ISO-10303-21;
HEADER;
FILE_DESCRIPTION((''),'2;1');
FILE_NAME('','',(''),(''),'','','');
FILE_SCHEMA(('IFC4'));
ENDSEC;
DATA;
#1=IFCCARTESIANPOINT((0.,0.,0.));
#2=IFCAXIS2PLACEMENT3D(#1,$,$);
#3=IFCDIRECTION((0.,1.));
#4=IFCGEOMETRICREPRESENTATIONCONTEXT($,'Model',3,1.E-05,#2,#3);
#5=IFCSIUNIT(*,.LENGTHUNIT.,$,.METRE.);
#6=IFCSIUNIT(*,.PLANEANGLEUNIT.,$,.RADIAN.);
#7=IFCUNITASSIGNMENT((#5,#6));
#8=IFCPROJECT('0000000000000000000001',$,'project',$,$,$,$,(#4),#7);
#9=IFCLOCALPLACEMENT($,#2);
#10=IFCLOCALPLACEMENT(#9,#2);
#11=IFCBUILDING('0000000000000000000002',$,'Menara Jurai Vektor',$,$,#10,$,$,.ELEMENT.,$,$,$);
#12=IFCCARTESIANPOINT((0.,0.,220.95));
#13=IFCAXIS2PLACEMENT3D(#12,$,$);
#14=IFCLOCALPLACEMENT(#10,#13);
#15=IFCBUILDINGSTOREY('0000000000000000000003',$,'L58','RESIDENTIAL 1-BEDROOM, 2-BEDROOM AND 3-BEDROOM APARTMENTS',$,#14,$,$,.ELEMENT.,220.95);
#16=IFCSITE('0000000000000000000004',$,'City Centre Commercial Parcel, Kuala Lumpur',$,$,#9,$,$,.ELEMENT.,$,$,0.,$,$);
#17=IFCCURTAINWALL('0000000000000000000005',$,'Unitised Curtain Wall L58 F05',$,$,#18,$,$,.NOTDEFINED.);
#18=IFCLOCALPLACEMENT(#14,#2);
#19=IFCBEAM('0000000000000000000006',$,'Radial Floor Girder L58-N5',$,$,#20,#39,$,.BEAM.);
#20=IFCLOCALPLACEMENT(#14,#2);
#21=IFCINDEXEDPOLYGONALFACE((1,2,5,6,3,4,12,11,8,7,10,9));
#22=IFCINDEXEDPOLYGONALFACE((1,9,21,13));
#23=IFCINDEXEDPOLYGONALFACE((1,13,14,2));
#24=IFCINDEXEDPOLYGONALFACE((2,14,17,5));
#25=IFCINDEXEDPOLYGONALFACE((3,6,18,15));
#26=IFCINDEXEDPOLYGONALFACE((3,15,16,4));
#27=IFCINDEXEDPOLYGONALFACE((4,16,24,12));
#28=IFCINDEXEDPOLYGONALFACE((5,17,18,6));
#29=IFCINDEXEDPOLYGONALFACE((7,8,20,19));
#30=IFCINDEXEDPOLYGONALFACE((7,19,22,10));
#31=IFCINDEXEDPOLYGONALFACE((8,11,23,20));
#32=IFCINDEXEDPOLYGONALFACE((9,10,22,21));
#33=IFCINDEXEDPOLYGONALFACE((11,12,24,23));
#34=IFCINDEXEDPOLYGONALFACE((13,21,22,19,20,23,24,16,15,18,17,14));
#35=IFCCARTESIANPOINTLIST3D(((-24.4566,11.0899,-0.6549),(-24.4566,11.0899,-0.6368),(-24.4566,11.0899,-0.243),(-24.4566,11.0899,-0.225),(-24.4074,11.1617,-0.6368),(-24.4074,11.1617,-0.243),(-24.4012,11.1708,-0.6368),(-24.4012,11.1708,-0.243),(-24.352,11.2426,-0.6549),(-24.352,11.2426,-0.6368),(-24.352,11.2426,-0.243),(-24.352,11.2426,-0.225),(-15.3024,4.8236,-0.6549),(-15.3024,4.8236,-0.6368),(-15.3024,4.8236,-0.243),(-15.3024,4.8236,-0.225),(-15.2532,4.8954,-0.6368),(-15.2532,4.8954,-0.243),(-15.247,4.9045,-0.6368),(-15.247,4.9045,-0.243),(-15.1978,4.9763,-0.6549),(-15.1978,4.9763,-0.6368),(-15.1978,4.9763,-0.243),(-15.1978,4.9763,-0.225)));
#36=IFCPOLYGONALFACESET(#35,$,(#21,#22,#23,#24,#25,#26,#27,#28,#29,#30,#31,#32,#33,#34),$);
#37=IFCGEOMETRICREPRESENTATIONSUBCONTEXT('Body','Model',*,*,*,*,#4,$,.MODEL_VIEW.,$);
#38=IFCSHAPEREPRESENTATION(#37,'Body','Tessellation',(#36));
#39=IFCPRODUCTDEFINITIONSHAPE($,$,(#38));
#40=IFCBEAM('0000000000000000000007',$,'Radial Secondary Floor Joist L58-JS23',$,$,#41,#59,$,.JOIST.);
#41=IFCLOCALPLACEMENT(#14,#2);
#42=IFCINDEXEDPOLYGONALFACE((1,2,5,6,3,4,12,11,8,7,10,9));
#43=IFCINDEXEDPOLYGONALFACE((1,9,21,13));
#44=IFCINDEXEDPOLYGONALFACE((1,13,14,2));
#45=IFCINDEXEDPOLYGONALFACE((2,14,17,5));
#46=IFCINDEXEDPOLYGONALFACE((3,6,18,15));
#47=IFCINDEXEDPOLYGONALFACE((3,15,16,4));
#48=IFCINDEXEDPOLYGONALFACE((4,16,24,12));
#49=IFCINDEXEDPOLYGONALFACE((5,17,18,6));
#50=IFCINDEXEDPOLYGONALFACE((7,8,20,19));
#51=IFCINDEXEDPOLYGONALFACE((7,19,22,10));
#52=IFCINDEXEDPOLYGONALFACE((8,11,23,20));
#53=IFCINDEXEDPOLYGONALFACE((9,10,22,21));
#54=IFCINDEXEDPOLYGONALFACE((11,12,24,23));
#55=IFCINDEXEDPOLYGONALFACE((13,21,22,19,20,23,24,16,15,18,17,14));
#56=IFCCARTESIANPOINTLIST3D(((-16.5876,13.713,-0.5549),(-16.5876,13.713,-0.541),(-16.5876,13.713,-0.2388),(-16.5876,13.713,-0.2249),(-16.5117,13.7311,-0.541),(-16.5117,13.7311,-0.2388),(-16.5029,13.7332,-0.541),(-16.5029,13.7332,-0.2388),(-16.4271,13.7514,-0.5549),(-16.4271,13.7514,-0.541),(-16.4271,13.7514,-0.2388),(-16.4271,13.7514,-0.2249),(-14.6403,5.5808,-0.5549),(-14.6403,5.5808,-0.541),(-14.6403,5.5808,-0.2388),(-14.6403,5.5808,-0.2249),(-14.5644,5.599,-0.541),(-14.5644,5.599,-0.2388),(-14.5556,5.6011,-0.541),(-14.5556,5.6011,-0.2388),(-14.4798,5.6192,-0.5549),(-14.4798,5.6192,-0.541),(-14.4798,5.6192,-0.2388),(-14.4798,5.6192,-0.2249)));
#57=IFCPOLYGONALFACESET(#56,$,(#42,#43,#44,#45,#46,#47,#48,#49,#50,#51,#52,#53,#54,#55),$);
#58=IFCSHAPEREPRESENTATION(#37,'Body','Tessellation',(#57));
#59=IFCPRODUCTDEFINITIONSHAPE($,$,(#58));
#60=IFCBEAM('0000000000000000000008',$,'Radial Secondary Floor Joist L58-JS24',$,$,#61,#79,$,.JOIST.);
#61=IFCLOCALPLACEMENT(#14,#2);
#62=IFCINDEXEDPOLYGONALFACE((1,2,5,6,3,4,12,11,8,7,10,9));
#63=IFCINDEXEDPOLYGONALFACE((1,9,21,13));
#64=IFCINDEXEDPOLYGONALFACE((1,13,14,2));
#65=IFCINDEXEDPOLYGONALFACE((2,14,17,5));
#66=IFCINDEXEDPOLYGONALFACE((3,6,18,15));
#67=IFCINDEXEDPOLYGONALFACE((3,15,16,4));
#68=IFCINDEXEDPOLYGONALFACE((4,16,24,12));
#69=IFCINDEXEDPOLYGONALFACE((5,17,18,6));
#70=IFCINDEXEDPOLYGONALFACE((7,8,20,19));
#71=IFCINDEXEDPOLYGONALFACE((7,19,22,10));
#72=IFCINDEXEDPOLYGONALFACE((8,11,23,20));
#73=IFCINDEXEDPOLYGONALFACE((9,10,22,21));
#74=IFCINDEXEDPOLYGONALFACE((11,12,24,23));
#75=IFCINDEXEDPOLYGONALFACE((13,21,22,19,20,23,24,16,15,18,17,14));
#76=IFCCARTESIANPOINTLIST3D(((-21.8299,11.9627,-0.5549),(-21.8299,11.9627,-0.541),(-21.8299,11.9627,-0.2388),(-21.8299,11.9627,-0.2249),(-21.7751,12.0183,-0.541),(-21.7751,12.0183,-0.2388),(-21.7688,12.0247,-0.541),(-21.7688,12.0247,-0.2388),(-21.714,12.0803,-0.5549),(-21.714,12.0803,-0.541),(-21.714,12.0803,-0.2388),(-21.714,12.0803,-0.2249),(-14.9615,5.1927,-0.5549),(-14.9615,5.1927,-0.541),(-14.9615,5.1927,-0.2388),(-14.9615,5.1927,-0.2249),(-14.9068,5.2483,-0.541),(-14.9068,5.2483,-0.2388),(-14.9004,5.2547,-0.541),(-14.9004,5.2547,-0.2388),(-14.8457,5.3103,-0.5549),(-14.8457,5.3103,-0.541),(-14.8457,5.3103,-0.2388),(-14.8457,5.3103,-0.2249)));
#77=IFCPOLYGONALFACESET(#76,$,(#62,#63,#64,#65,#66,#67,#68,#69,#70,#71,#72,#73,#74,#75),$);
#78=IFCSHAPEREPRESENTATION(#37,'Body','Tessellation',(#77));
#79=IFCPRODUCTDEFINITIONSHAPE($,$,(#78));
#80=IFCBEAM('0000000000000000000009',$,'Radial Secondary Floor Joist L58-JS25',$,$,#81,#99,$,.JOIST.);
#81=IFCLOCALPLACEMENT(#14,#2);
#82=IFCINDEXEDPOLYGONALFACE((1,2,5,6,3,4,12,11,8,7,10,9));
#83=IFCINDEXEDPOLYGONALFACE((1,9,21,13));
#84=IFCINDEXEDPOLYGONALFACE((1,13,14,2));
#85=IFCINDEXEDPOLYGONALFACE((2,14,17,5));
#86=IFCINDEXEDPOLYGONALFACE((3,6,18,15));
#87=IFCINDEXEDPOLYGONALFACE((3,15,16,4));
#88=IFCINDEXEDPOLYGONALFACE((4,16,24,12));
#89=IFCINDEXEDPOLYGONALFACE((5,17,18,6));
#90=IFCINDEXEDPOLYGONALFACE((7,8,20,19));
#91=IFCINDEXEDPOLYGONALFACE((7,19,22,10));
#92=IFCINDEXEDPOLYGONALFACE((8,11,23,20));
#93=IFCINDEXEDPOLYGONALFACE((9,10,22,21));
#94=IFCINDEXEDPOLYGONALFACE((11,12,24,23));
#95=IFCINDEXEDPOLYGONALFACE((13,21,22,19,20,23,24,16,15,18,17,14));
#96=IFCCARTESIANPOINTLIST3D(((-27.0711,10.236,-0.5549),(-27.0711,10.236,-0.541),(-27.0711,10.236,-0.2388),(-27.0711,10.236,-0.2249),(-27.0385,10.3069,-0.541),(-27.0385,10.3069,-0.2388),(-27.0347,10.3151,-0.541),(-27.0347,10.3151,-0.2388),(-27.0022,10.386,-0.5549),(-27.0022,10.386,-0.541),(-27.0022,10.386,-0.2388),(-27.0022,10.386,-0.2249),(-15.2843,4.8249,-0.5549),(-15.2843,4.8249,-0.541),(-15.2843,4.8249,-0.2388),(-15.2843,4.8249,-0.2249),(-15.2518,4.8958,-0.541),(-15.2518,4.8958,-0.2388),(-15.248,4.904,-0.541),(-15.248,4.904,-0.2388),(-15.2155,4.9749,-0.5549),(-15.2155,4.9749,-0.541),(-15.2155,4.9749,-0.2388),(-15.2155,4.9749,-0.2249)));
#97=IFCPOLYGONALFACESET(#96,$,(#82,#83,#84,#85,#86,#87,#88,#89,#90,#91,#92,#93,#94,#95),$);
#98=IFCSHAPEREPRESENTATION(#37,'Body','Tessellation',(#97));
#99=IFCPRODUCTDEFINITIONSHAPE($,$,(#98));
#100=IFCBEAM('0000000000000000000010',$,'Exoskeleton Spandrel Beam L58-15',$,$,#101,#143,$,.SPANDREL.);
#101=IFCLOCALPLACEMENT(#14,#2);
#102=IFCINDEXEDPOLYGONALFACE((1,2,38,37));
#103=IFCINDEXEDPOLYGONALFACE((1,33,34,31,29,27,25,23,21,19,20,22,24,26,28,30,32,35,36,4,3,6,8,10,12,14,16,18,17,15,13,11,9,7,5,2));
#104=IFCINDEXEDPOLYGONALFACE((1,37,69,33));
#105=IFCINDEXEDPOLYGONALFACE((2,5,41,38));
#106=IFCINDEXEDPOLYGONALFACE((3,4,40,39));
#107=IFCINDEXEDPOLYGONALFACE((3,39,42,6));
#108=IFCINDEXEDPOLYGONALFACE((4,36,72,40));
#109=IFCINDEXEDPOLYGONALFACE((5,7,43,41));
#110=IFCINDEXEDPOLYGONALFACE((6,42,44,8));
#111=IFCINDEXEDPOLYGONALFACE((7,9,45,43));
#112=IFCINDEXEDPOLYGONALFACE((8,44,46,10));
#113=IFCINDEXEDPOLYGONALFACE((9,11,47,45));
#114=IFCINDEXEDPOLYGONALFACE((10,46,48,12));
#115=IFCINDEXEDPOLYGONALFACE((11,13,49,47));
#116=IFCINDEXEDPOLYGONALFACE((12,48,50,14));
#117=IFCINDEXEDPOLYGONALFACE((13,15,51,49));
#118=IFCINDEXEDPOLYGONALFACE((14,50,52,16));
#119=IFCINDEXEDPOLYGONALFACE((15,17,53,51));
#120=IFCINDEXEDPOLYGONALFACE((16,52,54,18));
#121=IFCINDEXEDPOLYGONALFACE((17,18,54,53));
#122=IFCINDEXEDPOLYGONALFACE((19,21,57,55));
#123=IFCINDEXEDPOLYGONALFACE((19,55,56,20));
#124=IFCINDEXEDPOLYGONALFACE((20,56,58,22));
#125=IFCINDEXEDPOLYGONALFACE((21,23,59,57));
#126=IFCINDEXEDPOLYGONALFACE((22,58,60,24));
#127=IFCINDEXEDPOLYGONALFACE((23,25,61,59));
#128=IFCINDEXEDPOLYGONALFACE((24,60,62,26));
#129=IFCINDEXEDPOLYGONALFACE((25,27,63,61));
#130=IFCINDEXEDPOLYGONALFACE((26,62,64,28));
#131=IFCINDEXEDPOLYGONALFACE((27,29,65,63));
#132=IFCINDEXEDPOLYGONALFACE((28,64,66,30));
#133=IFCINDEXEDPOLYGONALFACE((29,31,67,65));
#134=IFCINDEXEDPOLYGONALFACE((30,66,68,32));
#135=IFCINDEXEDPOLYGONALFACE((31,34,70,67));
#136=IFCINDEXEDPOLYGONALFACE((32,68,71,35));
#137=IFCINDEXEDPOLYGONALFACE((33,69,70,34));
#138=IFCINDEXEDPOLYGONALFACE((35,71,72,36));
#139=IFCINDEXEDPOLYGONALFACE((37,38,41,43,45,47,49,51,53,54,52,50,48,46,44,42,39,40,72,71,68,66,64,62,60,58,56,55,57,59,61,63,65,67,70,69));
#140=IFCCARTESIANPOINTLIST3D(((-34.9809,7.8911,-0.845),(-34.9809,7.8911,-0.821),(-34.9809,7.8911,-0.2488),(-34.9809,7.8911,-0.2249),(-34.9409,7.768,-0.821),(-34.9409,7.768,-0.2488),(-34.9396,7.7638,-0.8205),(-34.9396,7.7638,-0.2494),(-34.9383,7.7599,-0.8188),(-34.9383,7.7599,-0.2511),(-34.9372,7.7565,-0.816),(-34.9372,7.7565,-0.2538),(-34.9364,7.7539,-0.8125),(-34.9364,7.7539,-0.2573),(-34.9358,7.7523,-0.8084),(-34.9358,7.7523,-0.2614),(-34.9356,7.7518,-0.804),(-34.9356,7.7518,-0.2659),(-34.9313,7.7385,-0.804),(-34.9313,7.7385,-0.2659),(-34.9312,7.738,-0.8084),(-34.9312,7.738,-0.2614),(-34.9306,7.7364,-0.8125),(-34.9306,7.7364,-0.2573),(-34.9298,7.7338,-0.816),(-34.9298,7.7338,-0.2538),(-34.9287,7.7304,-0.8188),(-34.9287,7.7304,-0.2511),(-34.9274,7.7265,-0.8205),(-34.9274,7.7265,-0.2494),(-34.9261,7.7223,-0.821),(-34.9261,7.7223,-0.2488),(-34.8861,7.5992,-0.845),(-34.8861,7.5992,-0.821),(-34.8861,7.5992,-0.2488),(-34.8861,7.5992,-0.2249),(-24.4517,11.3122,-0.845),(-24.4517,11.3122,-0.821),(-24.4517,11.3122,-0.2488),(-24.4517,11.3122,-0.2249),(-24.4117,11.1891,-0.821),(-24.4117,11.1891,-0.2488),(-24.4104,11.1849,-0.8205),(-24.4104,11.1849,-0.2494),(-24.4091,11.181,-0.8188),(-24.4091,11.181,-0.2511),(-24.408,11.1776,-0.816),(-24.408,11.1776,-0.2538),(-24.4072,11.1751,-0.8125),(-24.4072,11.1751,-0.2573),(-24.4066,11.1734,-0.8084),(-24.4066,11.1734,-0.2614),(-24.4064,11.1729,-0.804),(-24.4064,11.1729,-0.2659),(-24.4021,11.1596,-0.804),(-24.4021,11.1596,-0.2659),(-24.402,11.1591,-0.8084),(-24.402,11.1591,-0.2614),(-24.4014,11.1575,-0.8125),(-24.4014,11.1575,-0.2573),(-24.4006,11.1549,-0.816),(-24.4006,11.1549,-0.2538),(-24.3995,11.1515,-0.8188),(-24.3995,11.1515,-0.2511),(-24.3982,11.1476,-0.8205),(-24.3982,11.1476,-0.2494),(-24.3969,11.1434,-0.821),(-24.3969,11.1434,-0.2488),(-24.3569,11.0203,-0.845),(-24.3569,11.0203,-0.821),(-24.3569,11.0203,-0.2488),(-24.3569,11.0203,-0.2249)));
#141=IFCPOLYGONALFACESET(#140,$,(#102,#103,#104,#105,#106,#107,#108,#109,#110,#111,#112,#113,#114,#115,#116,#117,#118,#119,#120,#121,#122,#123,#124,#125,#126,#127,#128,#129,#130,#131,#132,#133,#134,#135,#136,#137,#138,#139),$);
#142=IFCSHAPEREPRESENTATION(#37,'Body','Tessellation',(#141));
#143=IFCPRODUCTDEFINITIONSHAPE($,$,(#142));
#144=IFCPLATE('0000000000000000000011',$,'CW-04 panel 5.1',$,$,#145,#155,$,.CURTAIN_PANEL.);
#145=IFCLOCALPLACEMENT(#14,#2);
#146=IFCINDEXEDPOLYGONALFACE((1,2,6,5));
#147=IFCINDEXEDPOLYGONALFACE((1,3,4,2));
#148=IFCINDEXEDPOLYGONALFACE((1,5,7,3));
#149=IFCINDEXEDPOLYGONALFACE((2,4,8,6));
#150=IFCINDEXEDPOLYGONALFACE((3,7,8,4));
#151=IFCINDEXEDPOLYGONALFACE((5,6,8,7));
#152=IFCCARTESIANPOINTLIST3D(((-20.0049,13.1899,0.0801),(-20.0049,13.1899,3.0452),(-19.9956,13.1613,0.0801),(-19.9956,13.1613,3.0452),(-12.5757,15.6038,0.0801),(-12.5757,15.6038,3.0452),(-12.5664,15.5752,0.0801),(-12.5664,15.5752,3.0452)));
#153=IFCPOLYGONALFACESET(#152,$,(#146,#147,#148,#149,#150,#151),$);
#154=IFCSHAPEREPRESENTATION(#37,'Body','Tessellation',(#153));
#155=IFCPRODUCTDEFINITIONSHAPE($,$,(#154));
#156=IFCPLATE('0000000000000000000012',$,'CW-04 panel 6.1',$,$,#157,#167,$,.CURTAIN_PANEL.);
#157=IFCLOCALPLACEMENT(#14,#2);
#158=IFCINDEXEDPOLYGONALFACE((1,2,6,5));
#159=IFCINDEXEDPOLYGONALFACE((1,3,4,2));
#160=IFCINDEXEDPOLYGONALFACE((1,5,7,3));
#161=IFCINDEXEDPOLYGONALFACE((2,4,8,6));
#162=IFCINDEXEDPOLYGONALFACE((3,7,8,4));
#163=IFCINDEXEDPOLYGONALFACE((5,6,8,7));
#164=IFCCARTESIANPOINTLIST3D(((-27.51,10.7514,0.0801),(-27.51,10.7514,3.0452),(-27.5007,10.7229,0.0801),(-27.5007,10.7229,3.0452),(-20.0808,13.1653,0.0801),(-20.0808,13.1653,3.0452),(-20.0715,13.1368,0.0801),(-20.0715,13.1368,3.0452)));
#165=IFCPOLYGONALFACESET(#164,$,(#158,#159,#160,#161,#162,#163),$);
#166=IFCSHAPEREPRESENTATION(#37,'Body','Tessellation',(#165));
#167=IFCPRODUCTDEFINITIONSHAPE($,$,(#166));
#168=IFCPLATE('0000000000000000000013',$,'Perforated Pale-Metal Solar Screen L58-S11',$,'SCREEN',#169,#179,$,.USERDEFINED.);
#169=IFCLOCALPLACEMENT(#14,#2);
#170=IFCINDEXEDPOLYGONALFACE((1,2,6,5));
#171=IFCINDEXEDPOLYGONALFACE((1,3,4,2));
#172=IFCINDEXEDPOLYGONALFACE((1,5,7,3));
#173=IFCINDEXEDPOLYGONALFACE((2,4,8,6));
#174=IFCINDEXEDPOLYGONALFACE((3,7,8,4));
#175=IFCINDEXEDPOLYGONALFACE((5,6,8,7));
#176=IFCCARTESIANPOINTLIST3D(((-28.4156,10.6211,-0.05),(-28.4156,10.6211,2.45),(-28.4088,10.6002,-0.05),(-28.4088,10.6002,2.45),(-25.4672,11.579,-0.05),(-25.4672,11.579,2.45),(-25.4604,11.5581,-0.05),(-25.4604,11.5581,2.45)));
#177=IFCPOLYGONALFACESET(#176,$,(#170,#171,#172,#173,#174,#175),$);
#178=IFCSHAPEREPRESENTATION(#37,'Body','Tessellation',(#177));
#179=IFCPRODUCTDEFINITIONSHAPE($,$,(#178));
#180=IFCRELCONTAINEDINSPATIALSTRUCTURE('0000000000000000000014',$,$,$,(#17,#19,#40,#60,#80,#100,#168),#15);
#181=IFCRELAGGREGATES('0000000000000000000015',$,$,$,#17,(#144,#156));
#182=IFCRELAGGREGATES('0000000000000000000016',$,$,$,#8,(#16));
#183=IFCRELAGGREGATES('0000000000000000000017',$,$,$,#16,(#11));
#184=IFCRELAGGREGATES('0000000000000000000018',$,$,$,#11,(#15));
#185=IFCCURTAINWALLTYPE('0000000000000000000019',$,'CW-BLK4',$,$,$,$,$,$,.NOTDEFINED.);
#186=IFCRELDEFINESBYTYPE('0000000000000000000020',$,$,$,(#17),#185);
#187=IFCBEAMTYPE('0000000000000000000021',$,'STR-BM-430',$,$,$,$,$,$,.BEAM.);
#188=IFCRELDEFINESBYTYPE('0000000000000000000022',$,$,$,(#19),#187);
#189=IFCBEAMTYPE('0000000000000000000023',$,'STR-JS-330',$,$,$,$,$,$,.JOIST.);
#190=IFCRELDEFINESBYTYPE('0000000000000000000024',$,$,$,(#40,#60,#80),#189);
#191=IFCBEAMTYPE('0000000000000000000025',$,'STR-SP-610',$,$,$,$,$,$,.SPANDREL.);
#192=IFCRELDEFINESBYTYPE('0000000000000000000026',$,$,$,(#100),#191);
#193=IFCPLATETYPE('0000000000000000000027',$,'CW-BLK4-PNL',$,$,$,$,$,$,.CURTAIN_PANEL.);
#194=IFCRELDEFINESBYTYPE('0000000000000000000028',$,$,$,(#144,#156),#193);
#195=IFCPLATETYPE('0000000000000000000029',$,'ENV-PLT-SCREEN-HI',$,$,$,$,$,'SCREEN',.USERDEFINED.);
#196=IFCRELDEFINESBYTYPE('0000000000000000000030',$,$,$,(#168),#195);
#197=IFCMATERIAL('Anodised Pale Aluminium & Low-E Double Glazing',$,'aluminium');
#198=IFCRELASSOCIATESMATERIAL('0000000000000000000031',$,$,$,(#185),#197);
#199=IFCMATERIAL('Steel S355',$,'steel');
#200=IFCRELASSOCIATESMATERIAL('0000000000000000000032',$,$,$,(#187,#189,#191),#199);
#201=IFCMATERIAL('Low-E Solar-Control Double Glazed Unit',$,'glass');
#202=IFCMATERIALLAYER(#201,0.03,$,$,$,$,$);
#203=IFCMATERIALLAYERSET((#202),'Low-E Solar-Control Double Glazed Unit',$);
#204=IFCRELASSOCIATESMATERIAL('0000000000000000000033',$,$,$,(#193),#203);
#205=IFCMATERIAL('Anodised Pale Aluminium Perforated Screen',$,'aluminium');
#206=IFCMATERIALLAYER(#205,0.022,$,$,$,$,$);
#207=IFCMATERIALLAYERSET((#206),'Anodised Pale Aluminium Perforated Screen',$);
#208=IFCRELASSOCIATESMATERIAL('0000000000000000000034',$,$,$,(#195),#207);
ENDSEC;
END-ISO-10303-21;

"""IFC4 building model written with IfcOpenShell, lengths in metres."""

from ifc_helpers import new_model, si_unit, direction, frame, origin, origin_2d, place, context, subcontext, project, spatial, rectangle, i_section, extrude, material, layer, layer_set, material_profile, profile_set, type_object, element, aggregate, save


model = new_model("IFC4")

# Units and contexts
model_context = context("Model", 3, precision=1e-05, world=origin(), true_north=direction((0.0, 1.0)))
body_context = subcontext(model_context, "Body", "Model", "MODEL_VIEW")
ifc_project = project(units=[si_unit("LENGTHUNIT", "METRE"), si_unit("PLANEANGLEUNIT", "RADIAN")], contexts=[model_context])

# Site, building, storey
site_placement = place(None, origin())
site = spatial("IfcSite", under=ifc_project, at=site_placement, Name="City Centre Commercial Parcel, Kuala Lumpur", CompositionType="ELEMENT", RefElevation=0.0)
building_placement = place(site_placement, origin())
building = spatial("IfcBuilding", under=site, at=building_placement, Name="Menara Jurai Vektor", CompositionType="ELEMENT")
storey_placement = place(building_placement, frame((0.0, 0.0, 220.95)))
storey = spatial("IfcBuildingStorey", under=building, at=storey_placement, Name="L58", Description="RESIDENTIAL 1-BEDROOM, 2-BEDROOM AND 3-BEDROOM APARTMENTS", CompositionType="ELEMENT", Elevation=220.95)

# Curtain wall
ifc_material_1 = material(Name="Anodised Pale Aluminium & Low-E Double Glazing", Category="aluminium")
curtain_wall_type = type_object("IfcCurtainWallType", Name="CW-BLK4", PredefinedType="NOTDEFINED", material=ifc_material_1)
curtain_wall_placement = place(storey_placement, origin())
curtain_wall = element("IfcCurtainWall", 1, at=curtain_wall_placement, inside=storey, type_object=curtain_wall_type, Name="Unitised Curtain Wall L58 F05", PredefinedType="NOTDEFINED")

# Beams
ifc_material_2 = material(Name="Steel S355", Category="steel")
ifc_material_profile_1 = material_profile(ifc_material_2, i_section(OverallWidth=0.1851, OverallDepth=0.4299, WebThickness=0.011, FlangeThickness=0.0181, at=origin_2d()), Name="PG 430x185x76")
ifc_profile_set_1 = profile_set([ifc_material_profile_1], Name="Steel S355")
beam_type_1 = type_object("IfcBeamType", Name="STR-BM-430", PredefinedType="BEAM", material=ifc_profile_set_1)
beam_1_placement = place(storey_placement, frame((-24.4043, 11.1663, -0.4399), z_axis=(0.825186, -0.564861, 0.0), x_axis=(0.564861, 0.825186, 0.0)))
element("IfcBeam", 2, at=beam_1_placement, inside=storey, type_object=beam_type_1, Name="Radial Floor Girder L58-N5", PredefinedType="BEAM", context=body_context, shape_type="SweptSolid", body=[
    extrude(i_section(OverallWidth=0.1851, OverallDepth=0.4299, WebThickness=0.011, FlangeThickness=0.0181, at=origin_2d()), origin(), (0.0, 0.0, 1.0), 11.0935),
])
ifc_material_profile_2 = material_profile(ifc_material_2, i_section(OverallWidth=0.165, OverallDepth=0.3301, WebThickness=0.009, FlangeThickness=0.0139, at=origin_2d()), Name="PG 330x165x46")
ifc_profile_set_2 = profile_set([ifc_material_profile_2], Name="Steel S355")
beam_type_2 = type_object("IfcBeamType", Name="STR-JS-330", PredefinedType="JOIST", material=ifc_profile_set_2)
beam_2_placement = place(storey_placement, frame((-16.5073, 13.7322, -0.3899), z_axis=(0.232872, -0.972507, 0.0), x_axis=(0.972507, 0.232872, 0.0)))
element("IfcBeam", 3, at=beam_2_placement, inside=storey, type_object=beam_type_2, Name="Radial Secondary Floor Joist L58-JS23", PredefinedType="JOIST", context=body_context, shape_type="SweptSolid", body=[
    extrude(i_section(OverallWidth=0.165, OverallDepth=0.3301, WebThickness=0.009, FlangeThickness=0.0139, at=origin_2d()), origin(), (0.0, 0.0, 1.0), 8.3621),
])
beam_3_placement = place(storey_placement, frame((-21.772, 12.0215, -0.3899), z_axis=(0.712189, -0.701987, 0.0), x_axis=(0.701987, 0.712189, 0.0)))
element("IfcBeam", 4, at=beam_3_placement, inside=storey, type_object=beam_type_2, Name="Radial Secondary Floor Joist L58-JS24", PredefinedType="JOIST", context=body_context, shape_type="SweptSolid", body=[
    extrude(i_section(OverallWidth=0.165, OverallDepth=0.3301, WebThickness=0.009, FlangeThickness=0.0139, at=origin_2d()), origin(), (0.0, 0.0, 1.0), 9.644),
])
beam_4_placement = place(storey_placement, frame((-27.0366, 10.311, -0.3899), z_axis=(0.908804, -0.417224, 0.0), x_axis=(0.417224, 0.908804, 0.0)))
element("IfcBeam", 5, at=beam_4_placement, inside=storey, type_object=beam_type_2, Name="Radial Secondary Floor Joist L58-JS25", PredefinedType="JOIST", context=body_context, shape_type="SweptSolid", body=[
    extrude(i_section(OverallWidth=0.165, OverallDepth=0.3301, WebThickness=0.009, FlangeThickness=0.0139, at=origin_2d()), origin(), (0.0, 0.0, 1.0), 12.9695),
])
ifc_material_profile_3 = material_profile(ifc_material_2, i_section(OverallWidth=0.3069, OverallDepth=0.6201, WebThickness=0.0139, FlangeThickness=0.0239, FilletRadius=0.0171, at=origin_2d()), Name="UKB 610x305x179")
ifc_profile_set_3 = profile_set([ifc_material_profile_3], Name="Steel S355")
beam_type_3 = type_object("IfcBeamType", Name="STR-SP-610", PredefinedType="SPANDREL", material=ifc_profile_set_3)
beam_5_placement = place(storey_placement, frame((-24.4043, 11.1663, -0.5349), z_axis=(-0.951057, -0.309014, 0.0), x_axis=(0.309014, -0.951057, 0.0)))
element("IfcBeam", 6, at=beam_5_placement, inside=storey, type_object=beam_type_3, Name="Exoskeleton Spandrel Beam L58-15", PredefinedType="SPANDREL", context=body_context, shape_type="SweptSolid", body=[
    extrude(i_section(OverallWidth=0.3069, OverallDepth=0.6201, WebThickness=0.0139, FlangeThickness=0.0239, FilletRadius=0.0171, at=origin_2d()), origin(), (0.0, 0.0, 1.0), 11.071),
])

# Plates
ifc_material_3 = material(Name="Low-E Solar-Control Double Glazed Unit", Category="glass")
ifc_layer_1 = layer(ifc_material_3, 0.03)
ifc_layer_set_1 = layer_set([ifc_layer_1], Name="Low-E Solar-Control Double Glazed Unit")
plate_type_1 = type_object("IfcPlateType", Name="CW-BLK4-PNL", PredefinedType="CURTAIN_PANEL", material=ifc_layer_set_1)
plate_1_placement = place(storey_placement, frame((-16.2856, 14.3826, 0.0801), z_axis=(0.0, 0.0, 1.0), x_axis=(-0.951056, -0.309017, 0.0)))
plate_1 = element("IfcPlate", 7, at=plate_1_placement, type_object=plate_type_1, Name="CW-04 panel 5.1", PredefinedType="CURTAIN_PANEL", context=body_context, shape_type="SweptSolid", body=[
    extrude(rectangle(XDim=7.8115, YDim=0.03, at=origin_2d()), origin(), (0.0, 0.0, 1.0), 2.9651),
])
plate_2_placement = place(storey_placement, frame((-23.7908, 11.9441, 0.0801), z_axis=(0.0, 0.0, 1.0), x_axis=(-0.951056, -0.309017, 0.0)))
plate_2 = element("IfcPlate", 8, at=plate_2_placement, type_object=plate_type_1, Name="CW-04 panel 6.1", PredefinedType="CURTAIN_PANEL", context=body_context, shape_type="SweptSolid", body=[
    extrude(rectangle(XDim=7.8115, YDim=0.03, at=origin_2d()), origin(), (0.0, 0.0, 1.0), 2.9651),
])
aggregate(curtain_wall, [plate_1, plate_2])
ifc_material_4 = material(Name="Anodised Pale Aluminium Perforated Screen", Category="aluminium")
ifc_layer_2 = layer(ifc_material_4, 0.022)
ifc_layer_set_2 = layer_set([ifc_layer_2], Name="Anodised Pale Aluminium Perforated Screen")
plate_type_2 = type_object("IfcPlateType", Name="ENV-PLT-SCREEN-HI", ElementType="SCREEN", PredefinedType="USERDEFINED", material=ifc_layer_set_2)
plate_3_placement = place(storey_placement, frame((-26.938, 11.0896, -0.05), z_axis=(0.0, 0.0, 1.0), x_axis=(-0.951057, -0.309017, 0.0)))
element("IfcPlate", 9, at=plate_3_placement, inside=storey, type_object=plate_type_2, Name="Perforated Pale-Metal Solar Screen L58-S11", ObjectType="SCREEN", PredefinedType="USERDEFINED", context=body_context, shape_type="SweptSolid", body=[
    extrude(rectangle(XDim=3.1001, YDim=0.022, at=origin_2d()), origin(), (0.0, 0.0, 1.0), 2.5),
])

save(model, "model.ifc")
